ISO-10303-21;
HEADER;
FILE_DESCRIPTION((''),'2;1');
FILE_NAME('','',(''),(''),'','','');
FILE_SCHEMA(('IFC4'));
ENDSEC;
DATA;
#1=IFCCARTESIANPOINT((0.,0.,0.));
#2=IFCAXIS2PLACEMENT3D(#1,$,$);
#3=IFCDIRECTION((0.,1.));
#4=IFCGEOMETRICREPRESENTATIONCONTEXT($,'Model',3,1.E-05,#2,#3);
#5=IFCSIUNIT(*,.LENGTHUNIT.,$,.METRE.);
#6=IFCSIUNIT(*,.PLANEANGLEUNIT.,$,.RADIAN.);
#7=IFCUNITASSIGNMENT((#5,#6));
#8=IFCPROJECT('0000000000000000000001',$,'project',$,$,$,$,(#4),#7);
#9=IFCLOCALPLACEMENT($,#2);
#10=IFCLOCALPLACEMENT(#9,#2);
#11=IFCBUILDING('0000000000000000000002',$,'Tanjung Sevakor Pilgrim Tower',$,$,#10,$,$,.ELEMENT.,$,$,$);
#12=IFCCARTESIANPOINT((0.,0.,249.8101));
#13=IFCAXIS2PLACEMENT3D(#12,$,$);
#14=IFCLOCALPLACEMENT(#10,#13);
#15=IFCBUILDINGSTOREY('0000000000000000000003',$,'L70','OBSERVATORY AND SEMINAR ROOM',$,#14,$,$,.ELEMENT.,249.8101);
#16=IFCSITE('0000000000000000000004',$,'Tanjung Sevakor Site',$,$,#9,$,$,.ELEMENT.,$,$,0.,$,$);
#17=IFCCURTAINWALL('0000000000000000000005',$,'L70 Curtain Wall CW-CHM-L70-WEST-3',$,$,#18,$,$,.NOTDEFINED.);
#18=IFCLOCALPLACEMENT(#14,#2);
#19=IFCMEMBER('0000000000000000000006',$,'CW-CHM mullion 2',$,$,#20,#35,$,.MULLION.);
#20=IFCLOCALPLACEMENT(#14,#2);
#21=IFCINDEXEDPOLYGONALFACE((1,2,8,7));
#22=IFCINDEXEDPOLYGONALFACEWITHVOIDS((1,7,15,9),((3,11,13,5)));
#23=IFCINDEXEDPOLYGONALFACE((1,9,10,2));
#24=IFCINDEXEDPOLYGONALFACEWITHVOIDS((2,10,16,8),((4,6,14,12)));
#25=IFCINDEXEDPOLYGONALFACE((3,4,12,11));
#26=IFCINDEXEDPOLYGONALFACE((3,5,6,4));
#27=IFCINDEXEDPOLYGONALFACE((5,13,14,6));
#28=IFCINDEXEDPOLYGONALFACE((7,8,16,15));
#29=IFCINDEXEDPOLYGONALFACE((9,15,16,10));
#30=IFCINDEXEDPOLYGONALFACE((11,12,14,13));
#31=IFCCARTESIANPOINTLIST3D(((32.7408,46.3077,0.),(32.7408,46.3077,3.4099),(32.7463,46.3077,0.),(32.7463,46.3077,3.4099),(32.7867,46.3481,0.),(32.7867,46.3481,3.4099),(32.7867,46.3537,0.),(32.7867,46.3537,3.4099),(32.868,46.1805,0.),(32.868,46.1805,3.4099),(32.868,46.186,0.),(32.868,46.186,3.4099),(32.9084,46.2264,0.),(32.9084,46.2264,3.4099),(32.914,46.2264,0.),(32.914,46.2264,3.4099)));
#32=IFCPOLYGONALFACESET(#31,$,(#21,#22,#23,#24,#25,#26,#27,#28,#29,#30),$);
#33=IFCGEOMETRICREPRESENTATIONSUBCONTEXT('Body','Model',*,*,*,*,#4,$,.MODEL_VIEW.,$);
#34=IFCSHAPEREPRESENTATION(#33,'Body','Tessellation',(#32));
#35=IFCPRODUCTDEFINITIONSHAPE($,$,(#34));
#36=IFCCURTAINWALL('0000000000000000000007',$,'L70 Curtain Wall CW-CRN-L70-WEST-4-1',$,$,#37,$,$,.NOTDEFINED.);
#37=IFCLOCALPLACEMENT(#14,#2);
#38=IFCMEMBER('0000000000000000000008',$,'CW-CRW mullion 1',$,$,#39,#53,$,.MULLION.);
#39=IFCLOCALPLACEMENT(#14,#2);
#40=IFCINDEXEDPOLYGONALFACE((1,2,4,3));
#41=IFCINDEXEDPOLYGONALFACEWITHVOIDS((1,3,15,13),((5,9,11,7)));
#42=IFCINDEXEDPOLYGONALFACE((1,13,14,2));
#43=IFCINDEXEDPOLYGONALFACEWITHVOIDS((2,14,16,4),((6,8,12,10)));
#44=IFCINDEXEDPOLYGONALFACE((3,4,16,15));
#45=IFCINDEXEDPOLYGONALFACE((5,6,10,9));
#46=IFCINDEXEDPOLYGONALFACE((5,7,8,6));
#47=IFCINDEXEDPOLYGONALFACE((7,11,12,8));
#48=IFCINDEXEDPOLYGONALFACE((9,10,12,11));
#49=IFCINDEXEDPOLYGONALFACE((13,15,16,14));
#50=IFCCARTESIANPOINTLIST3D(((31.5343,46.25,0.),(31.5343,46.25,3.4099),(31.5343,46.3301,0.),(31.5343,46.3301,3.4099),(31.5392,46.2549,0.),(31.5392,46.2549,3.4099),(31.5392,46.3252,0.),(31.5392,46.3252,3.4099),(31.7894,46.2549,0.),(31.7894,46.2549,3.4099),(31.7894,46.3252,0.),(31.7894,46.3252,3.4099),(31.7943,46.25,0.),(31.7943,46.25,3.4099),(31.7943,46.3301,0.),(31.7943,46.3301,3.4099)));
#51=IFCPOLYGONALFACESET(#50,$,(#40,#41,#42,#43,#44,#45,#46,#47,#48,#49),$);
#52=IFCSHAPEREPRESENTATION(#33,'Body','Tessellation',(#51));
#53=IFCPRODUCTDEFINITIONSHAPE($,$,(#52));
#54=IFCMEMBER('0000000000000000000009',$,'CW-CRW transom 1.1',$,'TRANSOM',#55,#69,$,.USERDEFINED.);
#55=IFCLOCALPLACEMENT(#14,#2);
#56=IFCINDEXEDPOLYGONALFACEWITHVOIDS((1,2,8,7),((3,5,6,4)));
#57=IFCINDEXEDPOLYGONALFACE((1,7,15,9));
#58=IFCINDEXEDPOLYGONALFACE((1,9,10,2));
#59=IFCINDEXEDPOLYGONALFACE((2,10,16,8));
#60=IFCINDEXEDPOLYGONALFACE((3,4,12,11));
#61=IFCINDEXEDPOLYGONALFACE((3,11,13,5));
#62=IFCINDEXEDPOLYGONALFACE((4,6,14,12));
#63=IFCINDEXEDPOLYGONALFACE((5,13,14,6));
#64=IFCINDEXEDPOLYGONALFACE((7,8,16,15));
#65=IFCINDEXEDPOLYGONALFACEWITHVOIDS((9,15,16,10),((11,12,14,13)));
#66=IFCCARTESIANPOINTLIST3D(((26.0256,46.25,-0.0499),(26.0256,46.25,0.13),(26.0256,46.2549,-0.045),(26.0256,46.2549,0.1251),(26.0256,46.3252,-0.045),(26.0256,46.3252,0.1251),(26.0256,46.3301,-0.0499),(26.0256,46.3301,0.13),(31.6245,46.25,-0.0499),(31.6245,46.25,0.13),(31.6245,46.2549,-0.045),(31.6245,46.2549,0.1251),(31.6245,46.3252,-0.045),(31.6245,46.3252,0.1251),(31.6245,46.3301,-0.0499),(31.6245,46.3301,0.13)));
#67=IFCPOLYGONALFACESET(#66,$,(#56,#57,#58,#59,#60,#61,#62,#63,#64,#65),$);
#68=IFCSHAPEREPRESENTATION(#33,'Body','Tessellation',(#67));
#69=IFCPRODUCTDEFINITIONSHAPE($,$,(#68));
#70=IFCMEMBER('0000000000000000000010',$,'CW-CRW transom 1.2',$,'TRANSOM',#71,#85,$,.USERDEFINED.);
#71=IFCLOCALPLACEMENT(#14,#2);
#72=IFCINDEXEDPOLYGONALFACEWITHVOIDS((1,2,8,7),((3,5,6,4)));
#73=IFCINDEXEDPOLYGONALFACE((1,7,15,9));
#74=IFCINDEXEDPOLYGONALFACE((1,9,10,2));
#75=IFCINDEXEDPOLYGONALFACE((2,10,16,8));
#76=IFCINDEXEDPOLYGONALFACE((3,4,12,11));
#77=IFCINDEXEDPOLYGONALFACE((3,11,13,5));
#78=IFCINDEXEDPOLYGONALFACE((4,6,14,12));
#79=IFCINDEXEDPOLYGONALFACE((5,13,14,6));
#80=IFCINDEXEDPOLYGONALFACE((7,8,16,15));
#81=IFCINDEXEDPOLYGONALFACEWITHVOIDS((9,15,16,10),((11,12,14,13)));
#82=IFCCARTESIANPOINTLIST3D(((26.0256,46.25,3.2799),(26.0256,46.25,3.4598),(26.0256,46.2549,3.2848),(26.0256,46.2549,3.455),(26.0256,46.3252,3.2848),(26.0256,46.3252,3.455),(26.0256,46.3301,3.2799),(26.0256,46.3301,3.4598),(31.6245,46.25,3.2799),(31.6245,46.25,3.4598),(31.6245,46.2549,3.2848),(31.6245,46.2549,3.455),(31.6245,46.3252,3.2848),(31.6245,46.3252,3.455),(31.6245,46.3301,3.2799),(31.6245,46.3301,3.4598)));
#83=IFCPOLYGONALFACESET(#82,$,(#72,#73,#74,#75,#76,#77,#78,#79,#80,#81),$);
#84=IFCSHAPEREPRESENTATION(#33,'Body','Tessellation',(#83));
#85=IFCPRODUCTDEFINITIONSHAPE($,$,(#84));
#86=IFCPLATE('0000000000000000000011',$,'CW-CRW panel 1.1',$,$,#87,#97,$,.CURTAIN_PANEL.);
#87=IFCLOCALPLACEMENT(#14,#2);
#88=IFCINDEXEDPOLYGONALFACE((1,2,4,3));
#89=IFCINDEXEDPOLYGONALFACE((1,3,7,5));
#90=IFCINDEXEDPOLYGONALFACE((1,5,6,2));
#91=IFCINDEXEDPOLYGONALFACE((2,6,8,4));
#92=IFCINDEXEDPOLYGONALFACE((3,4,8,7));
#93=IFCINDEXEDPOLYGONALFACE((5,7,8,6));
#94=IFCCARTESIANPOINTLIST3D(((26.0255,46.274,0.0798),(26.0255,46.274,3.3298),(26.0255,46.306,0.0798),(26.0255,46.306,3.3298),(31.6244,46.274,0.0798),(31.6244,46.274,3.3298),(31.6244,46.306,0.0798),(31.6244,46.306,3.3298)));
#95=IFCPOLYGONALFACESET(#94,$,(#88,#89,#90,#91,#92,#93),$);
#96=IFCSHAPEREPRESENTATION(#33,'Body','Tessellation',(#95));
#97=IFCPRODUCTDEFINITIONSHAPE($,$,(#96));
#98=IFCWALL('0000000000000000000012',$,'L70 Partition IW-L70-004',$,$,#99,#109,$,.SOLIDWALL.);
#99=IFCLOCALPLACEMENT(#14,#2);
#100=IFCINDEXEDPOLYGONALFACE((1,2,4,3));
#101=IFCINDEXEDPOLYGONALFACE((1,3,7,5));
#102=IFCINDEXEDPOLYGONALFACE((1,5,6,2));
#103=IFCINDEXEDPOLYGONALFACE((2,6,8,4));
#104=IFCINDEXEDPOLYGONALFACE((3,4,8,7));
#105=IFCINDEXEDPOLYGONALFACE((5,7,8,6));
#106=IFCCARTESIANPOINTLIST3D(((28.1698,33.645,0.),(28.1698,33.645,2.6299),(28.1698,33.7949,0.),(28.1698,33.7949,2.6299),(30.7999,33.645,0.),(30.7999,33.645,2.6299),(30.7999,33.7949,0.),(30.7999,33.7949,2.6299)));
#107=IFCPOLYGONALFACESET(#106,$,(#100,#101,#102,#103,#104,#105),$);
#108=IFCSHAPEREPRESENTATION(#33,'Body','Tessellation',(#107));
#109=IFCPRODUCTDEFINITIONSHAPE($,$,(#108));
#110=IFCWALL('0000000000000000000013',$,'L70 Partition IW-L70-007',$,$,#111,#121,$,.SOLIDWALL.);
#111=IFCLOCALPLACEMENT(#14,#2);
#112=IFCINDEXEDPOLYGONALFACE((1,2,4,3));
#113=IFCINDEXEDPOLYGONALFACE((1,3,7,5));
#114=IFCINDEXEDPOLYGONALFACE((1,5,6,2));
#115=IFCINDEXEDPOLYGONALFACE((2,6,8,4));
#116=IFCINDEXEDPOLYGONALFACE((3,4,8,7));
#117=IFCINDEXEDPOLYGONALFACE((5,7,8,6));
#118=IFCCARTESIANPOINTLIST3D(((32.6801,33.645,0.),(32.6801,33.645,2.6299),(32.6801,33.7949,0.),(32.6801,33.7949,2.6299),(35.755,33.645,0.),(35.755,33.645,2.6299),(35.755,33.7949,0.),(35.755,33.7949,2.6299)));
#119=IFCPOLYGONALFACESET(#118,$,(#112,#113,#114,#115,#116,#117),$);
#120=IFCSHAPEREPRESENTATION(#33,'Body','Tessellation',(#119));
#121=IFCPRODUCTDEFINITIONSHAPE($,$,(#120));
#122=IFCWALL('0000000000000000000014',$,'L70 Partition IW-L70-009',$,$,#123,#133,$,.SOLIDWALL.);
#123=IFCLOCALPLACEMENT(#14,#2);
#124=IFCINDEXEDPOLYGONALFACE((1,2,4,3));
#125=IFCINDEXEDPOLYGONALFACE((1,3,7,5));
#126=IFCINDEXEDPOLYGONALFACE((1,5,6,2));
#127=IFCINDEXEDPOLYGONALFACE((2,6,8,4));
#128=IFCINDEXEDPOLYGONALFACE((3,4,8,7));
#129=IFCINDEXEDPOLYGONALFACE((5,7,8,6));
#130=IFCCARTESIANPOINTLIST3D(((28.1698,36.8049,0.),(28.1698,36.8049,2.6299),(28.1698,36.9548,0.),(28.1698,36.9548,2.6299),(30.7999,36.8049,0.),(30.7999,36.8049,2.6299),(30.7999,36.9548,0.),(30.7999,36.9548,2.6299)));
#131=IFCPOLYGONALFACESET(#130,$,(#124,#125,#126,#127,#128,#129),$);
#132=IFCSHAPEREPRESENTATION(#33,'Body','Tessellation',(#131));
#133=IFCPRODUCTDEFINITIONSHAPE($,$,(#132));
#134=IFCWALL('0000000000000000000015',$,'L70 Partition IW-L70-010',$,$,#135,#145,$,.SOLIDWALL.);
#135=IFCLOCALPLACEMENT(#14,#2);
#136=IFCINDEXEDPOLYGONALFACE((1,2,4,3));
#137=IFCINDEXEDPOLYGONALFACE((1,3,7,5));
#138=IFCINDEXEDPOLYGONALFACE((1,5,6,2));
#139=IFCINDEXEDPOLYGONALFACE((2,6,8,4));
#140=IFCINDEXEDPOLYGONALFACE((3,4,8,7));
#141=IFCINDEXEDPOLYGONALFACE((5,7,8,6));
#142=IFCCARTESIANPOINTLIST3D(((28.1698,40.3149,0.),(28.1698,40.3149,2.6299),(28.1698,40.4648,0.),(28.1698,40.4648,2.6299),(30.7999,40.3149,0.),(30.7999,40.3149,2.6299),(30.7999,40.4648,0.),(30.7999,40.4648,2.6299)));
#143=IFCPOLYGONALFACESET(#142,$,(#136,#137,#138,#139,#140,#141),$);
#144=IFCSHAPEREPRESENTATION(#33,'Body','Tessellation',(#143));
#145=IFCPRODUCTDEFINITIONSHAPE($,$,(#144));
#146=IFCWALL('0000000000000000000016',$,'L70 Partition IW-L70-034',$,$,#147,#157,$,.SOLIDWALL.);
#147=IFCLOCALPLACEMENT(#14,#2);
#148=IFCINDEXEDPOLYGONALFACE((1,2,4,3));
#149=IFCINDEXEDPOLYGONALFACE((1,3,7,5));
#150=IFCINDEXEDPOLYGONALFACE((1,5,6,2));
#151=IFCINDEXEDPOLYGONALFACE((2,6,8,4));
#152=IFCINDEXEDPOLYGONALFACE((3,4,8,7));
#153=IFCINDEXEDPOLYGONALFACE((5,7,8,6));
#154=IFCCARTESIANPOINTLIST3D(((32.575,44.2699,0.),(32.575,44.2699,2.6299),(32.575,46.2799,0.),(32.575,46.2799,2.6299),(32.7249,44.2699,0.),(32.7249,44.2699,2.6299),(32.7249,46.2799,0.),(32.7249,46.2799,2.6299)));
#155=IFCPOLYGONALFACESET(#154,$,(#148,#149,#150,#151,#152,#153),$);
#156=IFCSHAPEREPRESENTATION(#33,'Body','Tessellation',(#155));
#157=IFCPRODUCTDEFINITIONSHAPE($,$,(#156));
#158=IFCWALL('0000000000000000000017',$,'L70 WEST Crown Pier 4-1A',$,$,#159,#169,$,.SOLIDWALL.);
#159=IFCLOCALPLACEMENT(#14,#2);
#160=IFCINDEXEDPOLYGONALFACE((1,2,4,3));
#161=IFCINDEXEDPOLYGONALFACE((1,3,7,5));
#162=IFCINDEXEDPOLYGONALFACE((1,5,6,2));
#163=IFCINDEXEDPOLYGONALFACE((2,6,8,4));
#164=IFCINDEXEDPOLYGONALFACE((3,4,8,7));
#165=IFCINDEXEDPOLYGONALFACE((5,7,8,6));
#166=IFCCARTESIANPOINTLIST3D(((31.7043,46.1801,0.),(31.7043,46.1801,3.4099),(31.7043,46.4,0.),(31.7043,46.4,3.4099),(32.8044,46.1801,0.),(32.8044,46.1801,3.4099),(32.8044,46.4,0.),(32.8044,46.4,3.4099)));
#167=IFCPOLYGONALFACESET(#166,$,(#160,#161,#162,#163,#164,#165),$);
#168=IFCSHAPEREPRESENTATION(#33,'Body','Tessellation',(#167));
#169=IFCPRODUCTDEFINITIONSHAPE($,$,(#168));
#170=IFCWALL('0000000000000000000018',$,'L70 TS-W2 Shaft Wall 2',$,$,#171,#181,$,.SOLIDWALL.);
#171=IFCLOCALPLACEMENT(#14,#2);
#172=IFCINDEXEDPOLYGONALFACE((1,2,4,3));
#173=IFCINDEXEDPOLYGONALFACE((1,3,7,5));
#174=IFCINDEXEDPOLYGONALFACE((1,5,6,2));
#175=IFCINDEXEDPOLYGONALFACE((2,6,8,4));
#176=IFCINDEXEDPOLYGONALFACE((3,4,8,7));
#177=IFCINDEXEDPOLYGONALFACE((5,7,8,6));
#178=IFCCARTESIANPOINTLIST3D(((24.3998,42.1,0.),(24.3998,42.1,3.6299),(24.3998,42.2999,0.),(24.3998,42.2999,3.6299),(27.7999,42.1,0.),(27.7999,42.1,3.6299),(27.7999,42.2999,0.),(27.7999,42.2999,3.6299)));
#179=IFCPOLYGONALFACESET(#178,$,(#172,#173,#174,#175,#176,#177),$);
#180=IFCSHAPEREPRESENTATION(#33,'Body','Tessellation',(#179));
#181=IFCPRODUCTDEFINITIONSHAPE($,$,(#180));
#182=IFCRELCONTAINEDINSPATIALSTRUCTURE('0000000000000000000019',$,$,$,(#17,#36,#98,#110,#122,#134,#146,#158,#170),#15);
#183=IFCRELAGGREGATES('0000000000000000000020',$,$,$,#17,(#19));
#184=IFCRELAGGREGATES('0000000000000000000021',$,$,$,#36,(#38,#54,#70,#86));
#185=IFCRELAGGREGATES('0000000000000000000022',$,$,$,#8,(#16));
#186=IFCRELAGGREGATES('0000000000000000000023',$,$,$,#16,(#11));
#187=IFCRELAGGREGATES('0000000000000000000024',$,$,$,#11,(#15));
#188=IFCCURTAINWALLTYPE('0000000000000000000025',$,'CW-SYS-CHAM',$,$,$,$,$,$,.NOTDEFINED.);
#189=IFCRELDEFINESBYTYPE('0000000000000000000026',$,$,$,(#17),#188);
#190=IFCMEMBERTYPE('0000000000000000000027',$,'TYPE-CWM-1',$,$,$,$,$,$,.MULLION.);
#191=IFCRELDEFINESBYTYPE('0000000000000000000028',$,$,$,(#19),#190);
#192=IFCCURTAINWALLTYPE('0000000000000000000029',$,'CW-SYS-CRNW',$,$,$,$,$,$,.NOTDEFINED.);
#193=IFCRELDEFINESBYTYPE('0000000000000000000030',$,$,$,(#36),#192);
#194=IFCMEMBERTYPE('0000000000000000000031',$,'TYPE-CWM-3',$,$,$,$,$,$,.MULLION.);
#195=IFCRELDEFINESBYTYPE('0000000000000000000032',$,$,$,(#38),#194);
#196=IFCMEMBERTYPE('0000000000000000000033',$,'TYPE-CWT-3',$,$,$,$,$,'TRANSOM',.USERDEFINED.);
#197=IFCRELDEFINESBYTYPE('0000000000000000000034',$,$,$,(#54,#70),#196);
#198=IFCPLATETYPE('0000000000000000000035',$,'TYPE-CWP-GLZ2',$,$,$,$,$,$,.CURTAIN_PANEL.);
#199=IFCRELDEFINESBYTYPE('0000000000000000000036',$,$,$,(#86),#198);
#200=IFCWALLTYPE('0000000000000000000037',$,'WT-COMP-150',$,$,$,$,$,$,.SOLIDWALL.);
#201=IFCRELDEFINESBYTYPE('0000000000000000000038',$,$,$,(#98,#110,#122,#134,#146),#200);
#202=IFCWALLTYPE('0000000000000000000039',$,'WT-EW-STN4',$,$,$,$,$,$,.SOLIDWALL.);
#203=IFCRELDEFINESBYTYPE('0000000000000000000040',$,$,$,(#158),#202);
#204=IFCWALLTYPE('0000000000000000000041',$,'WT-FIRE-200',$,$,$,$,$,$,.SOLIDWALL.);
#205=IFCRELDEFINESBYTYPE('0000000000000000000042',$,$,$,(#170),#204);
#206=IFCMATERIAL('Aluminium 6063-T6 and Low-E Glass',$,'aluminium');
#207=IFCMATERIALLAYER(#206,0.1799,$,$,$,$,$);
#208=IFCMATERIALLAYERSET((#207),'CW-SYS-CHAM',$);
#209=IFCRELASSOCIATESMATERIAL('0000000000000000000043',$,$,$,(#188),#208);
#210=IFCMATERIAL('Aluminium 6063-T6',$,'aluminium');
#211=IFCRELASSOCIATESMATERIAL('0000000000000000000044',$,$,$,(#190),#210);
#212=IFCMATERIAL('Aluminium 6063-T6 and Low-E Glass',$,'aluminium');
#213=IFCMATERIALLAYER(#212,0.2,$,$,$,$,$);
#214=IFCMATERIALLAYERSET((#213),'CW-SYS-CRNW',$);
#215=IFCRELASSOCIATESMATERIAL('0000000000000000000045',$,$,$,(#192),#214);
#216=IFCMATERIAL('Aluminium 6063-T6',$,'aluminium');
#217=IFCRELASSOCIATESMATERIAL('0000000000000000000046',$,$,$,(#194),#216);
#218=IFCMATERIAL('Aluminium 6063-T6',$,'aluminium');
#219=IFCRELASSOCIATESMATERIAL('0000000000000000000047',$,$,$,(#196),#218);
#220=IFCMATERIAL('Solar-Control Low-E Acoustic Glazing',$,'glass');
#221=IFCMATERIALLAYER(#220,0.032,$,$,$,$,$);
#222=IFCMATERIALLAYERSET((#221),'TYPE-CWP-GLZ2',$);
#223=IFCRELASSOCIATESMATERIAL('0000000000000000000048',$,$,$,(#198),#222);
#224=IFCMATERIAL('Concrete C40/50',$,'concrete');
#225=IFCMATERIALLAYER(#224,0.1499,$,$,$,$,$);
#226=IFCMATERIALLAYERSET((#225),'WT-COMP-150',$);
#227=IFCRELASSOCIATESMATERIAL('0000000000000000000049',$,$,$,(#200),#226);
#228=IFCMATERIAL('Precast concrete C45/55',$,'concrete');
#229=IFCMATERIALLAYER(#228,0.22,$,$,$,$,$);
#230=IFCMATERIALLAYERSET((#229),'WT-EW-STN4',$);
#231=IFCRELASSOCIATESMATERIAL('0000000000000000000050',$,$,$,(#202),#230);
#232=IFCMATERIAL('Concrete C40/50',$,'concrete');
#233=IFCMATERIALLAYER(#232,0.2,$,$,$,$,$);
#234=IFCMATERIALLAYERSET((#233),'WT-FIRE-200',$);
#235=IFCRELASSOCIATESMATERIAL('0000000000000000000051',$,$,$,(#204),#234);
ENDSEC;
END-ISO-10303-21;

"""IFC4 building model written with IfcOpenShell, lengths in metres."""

from ifc_helpers import new_model, si_unit, direction, frame, frame_2d, origin, origin_2d, place, context, subcontext, project, spatial, rectangle, hollow_rectangle, extrude, material, layer, layer_set, material_profile, profile_set, type_object, element, aggregate, save


model = new_model("IFC4")

# Units and contexts
model_context = context("Model", 3, precision=1e-05, world=origin(), true_north=direction((0.0, 1.0)))
body_context = subcontext(model_context, "Body", "Model", "MODEL_VIEW")
ifc_project = project(units=[si_unit("LENGTHUNIT", "METRE"), si_unit("PLANEANGLEUNIT", "RADIAN")], contexts=[model_context])

# Site, building, storey
site_placement = place(None, origin())
site = spatial("IfcSite", under=ifc_project, at=site_placement, Name="Tanjung Sevakor Site", CompositionType="ELEMENT", RefElevation=0.0)
building_placement = place(site_placement, origin())
building = spatial("IfcBuilding", under=site, at=building_placement, Name="Tanjung Sevakor Pilgrim Tower", CompositionType="ELEMENT")
storey_placement = place(building_placement, frame((0.0, 0.0, 249.8101)))
storey = spatial("IfcBuildingStorey", under=building, at=storey_placement, Name="L70", Description="OBSERVATORY AND SEMINAR ROOM", CompositionType="ELEMENT", Elevation=249.8101)

# Curtain wall, member
ifc_material_1 = material(Name="Aluminium 6063-T6 and Low-E Glass", Category="aluminium")
ifc_layer_1 = layer(ifc_material_1, 0.1799)
ifc_layer_set_1 = layer_set([ifc_layer_1], Name="CW-SYS-CHAM")
curtain_wall_type_1 = type_object("IfcCurtainWallType", Name="CW-SYS-CHAM", PredefinedType="NOTDEFINED", material=ifc_layer_set_1)
curtain_wall_1_placement = place(storey_placement, origin())
curtain_wall_1 = element("IfcCurtainWall", 1, at=curtain_wall_1_placement, inside=storey, type_object=curtain_wall_type_1, Name="L70 Curtain Wall CW-CHM-L70-WEST-3", PredefinedType="NOTDEFINED")
ifc_material_2 = material(Name="Aluminium 6063-T6", Category="aluminium")
ifc_material_profile_1 = material_profile(ifc_material_2, hollow_rectangle(XDim=0.0649, YDim=0.1799, WallThickness=0.0039, at=origin_2d()))
ifc_profile_set_1 = profile_set([ifc_material_profile_1], Name="Aluminium 6063-T6")
member_type_1 = type_object("IfcMemberType", Name="TYPE-CWM-1", PredefinedType="MULLION", material=ifc_profile_set_1)
member_1_placement = place(storey_placement, frame((32.8274, 46.2671, 0.0), z_axis=(0.0, 0.0, 1.0), x_axis=(-0.707107, -0.707107, 0.0)))
member_1 = element("IfcMember", 2, at=member_1_placement, type_object=member_type_1, Name="CW-CHM mullion 2", PredefinedType="MULLION", context=body_context, shape_type="SweptSolid", body=[
    extrude(hollow_rectangle(XDim=0.0649, YDim=0.1799, WallThickness=0.0039, at=origin_2d()), origin(), (0.0, 0.0, 1.0), 3.4099),
])
aggregate(curtain_wall_1, [member_1])

# Curtain wall, members, plate
ifc_material_3 = material(Name="Aluminium 6063-T6 and Low-E Glass", Category="aluminium")
ifc_layer_2 = layer(ifc_material_3, 0.2)
ifc_layer_set_2 = layer_set([ifc_layer_2], Name="CW-SYS-CRNW")
curtain_wall_type_2 = type_object("IfcCurtainWallType", Name="CW-SYS-CRNW", PredefinedType="NOTDEFINED", material=ifc_layer_set_2)
curtain_wall_2_placement = place(storey_placement, origin())
curtain_wall_2 = element("IfcCurtainWall", 3, at=curtain_wall_2_placement, inside=storey, type_object=curtain_wall_type_2, Name="L70 Curtain Wall CW-CRN-L70-WEST-4-1", PredefinedType="NOTDEFINED")
ifc_material_4 = material(Name="Aluminium 6063-T6", Category="aluminium")
ifc_material_profile_2 = material_profile(ifc_material_4, hollow_rectangle(XDim=0.0801, YDim=0.26, WallThickness=0.0049, at=origin_2d()))
ifc_profile_set_2 = profile_set([ifc_material_profile_2], Name="Aluminium 6063-T6")
member_type_2 = type_object("IfcMemberType", Name="TYPE-CWM-3", PredefinedType="MULLION", material=ifc_profile_set_2)
member_2_placement = place(storey_placement, frame((31.6643, 46.29, 0.0), z_axis=(0.0, 0.0, 1.0), x_axis=(0.0, -1.0, 0.0)))
member_2 = element("IfcMember", 4, at=member_2_placement, type_object=member_type_2, Name="CW-CRW mullion 1", PredefinedType="MULLION", context=body_context, shape_type="SweptSolid", body=[
    extrude(hollow_rectangle(XDim=0.0801, YDim=0.26, WallThickness=0.0049, at=origin_2d()), origin(), (0.0, 0.0, 1.0), 3.4099),
])
ifc_material_5 = material(Name="Aluminium 6063-T6", Category="aluminium")
ifc_material_profile_3 = material_profile(ifc_material_5, hollow_rectangle(XDim=0.0801, YDim=0.1799, WallThickness=0.0049, at=origin_2d()))
ifc_profile_set_3 = profile_set([ifc_material_profile_3], Name="Aluminium 6063-T6")
member_type_3 = type_object("IfcMemberType", Name="TYPE-CWT-3", ElementType="TRANSOM", PredefinedType="USERDEFINED", material=ifc_profile_set_3)
member_3_placement = place(storey_placement, frame((31.6245, 46.29, 0.04), z_axis=(-1.0, 0.0, 0.0), x_axis=(0.0, -1.0, 0.0)))
member_3 = element("IfcMember", 5, at=member_3_placement, type_object=member_type_3, Name="CW-CRW transom 1.1", ObjectType="TRANSOM", PredefinedType="USERDEFINED", context=body_context, shape_type="SweptSolid", body=[
    extrude(hollow_rectangle(XDim=0.0801, YDim=0.1799, WallThickness=0.0049, at=origin_2d()), origin(), (0.0, 0.0, 1.0), 5.5989),
])
member_4_placement = place(storey_placement, frame((31.6245, 46.29, 3.3699), z_axis=(-1.0, 0.0, 0.0), x_axis=(0.0, -1.0, 0.0)))
member_4 = element("IfcMember", 6, at=member_4_placement, type_object=member_type_3, Name="CW-CRW transom 1.2", ObjectType="TRANSOM", PredefinedType="USERDEFINED", context=body_context, shape_type="SweptSolid", body=[
    extrude(hollow_rectangle(XDim=0.0801, YDim=0.1799, WallThickness=0.0049, at=origin_2d()), origin(), (0.0, 0.0, 1.0), 5.5989),
])
ifc_material_6 = material(Name="Solar-Control Low-E Acoustic Glazing", Category="glass")
ifc_layer_3 = layer(ifc_material_6, 0.032)
ifc_layer_set_3 = layer_set([ifc_layer_3], Name="TYPE-CWP-GLZ2")
plate_type = type_object("IfcPlateType", Name="TYPE-CWP-GLZ2", PredefinedType="CURTAIN_PANEL", material=ifc_layer_set_3)
plate_placement = place(storey_placement, frame((28.825, 46.29, 0.0798), z_axis=(0.0, 0.0, 1.0), x_axis=(-1.0, 0.0, 0.0)))
plate = element("IfcPlate", 7, at=plate_placement, type_object=plate_type, Name="CW-CRW panel 1.1", PredefinedType="CURTAIN_PANEL", context=body_context, shape_type="SweptSolid", body=[
    extrude(rectangle(XDim=5.5989, YDim=0.032, at=origin_2d()), origin(), (0.0, 0.0, 1.0), 3.25),
])
aggregate(curtain_wall_2, [member_2, member_3, member_4, plate])

# Walls
ifc_material_7 = material(Name="Concrete C40/50", Category="concrete")
ifc_layer_4 = layer(ifc_material_7, 0.1499)
ifc_layer_set_4 = layer_set([ifc_layer_4], Name="WT-COMP-150")
wall_type_1 = type_object("IfcWallType", Name="WT-COMP-150", PredefinedType="SOLIDWALL", material=ifc_layer_set_4)
wall_1_placement = place(storey_placement, frame((28.1699, 33.72, 0.0), z_axis=(0.0, 0.0, 1.0), x_axis=(1.0, 0.0, 0.0)))
element("IfcWall", 8, at=wall_1_placement, inside=storey, type_object=wall_type_1, Name="L70 Partition IW-L70-004", PredefinedType="SOLIDWALL", context=body_context, shape_type="SweptSolid", body=[
    extrude(rectangle(XDim=2.6301, YDim=0.1499, at=frame_2d((1.3149, 0.0))), origin(), (0.0, 0.0, 1.0), 2.6299),
])
wall_2_placement = place(storey_placement, frame((32.6799, 33.72, 0.0), z_axis=(0.0, 0.0, 1.0), x_axis=(1.0, 0.0, 0.0)))
element("IfcWall", 9, at=wall_2_placement, inside=storey, type_object=wall_type_1, Name="L70 Partition IW-L70-007", PredefinedType="SOLIDWALL", context=body_context, shape_type="SweptSolid", body=[
    extrude(rectangle(XDim=3.075, YDim=0.1499, at=frame_2d((1.5376, 0.0))), origin(), (0.0, 0.0, 1.0), 2.6299),
])
for number, where, z_axis, x_axis, name in (
    (10, (28.1699, 36.8799, 0.0), (0.0, 0.0, 1.0), (1.0, 0.0, 0.0), "L70 Partition IW-L70-009"),
    (11, (28.1699, 40.3899, 0.0), (0.0, 0.0, 1.0), (1.0, 0.0, 0.0), "L70 Partition IW-L70-010"),
):
    element("IfcWall", number, at=place(storey_placement, frame(where, z_axis=z_axis, x_axis=x_axis)), inside=storey, type_object=wall_type_1, Name=name, PredefinedType="SOLIDWALL", context=body_context, shape_type="SweptSolid", body=[
        extrude(rectangle(XDim=2.6301, YDim=0.1499, at=frame_2d((1.3149, 0.0))), origin(), (0.0, 0.0, 1.0), 2.6299),
    ])

# Walls
wall_3_placement = place(storey_placement, frame((32.6499, 44.27, 0.0), z_axis=(0.0, 0.0, 1.0), x_axis=(0.0, 1.0, 0.0)))
element("IfcWall", 12, at=wall_3_placement, inside=storey, type_object=wall_type_1, Name="L70 Partition IW-L70-034", PredefinedType="SOLIDWALL", context=body_context, shape_type="SweptSolid", body=[
    extrude(rectangle(XDim=2.01, YDim=0.1499, at=frame_2d((1.0049, 0.0))), origin(), (0.0, 0.0, 1.0), 2.6299),
])
ifc_material_8 = material(Name="Precast concrete C45/55", Category="concrete")
ifc_layer_5 = layer(ifc_material_8, 0.22)
ifc_layer_set_5 = layer_set([ifc_layer_5], Name="WT-EW-STN4")
wall_type_2 = type_object("IfcWallType", Name="WT-EW-STN4", PredefinedType="SOLIDWALL", material=ifc_layer_set_5)
wall_4_placement = place(storey_placement, frame((32.8044, 46.29, 0.0), z_axis=(0.0, 0.0, 1.0), x_axis=(-1.0, 0.0, 0.0)))
element("IfcWall", 13, at=wall_4_placement, inside=storey, type_object=wall_type_2, Name="L70 WEST Crown Pier 4-1A", PredefinedType="SOLIDWALL", context=body_context, shape_type="SweptSolid", body=[
    extrude(rectangle(XDim=1.1001, YDim=0.22, at=frame_2d((0.55, 0.0))), origin(), (0.0, 0.0, 1.0), 3.4099),
])
ifc_material_9 = material(Name="Concrete C40/50", Category="concrete")
ifc_layer_6 = layer(ifc_material_9, 0.2)
ifc_layer_set_6 = layer_set([ifc_layer_6], Name="WT-FIRE-200")
wall_type_3 = type_object("IfcWallType", Name="WT-FIRE-200", PredefinedType="SOLIDWALL", material=ifc_layer_set_6)
wall_5_placement = place(storey_placement, frame((27.8, 42.2, 0.0), z_axis=(0.0, 0.0, 1.0), x_axis=(-1.0, 0.0, 0.0)))
element("IfcWall", 14, at=wall_5_placement, inside=storey, type_object=wall_type_3, Name="L70 TS-W2 Shaft Wall 2", PredefinedType="SOLIDWALL", context=body_context, shape_type="SweptSolid", body=[
    extrude(rectangle(XDim=3.4001, YDim=0.2, at=frame_2d((1.7002, 0.0))), origin(), (0.0, 0.0, 1.0), 3.6299),
])

save(model, "model.ifc")
